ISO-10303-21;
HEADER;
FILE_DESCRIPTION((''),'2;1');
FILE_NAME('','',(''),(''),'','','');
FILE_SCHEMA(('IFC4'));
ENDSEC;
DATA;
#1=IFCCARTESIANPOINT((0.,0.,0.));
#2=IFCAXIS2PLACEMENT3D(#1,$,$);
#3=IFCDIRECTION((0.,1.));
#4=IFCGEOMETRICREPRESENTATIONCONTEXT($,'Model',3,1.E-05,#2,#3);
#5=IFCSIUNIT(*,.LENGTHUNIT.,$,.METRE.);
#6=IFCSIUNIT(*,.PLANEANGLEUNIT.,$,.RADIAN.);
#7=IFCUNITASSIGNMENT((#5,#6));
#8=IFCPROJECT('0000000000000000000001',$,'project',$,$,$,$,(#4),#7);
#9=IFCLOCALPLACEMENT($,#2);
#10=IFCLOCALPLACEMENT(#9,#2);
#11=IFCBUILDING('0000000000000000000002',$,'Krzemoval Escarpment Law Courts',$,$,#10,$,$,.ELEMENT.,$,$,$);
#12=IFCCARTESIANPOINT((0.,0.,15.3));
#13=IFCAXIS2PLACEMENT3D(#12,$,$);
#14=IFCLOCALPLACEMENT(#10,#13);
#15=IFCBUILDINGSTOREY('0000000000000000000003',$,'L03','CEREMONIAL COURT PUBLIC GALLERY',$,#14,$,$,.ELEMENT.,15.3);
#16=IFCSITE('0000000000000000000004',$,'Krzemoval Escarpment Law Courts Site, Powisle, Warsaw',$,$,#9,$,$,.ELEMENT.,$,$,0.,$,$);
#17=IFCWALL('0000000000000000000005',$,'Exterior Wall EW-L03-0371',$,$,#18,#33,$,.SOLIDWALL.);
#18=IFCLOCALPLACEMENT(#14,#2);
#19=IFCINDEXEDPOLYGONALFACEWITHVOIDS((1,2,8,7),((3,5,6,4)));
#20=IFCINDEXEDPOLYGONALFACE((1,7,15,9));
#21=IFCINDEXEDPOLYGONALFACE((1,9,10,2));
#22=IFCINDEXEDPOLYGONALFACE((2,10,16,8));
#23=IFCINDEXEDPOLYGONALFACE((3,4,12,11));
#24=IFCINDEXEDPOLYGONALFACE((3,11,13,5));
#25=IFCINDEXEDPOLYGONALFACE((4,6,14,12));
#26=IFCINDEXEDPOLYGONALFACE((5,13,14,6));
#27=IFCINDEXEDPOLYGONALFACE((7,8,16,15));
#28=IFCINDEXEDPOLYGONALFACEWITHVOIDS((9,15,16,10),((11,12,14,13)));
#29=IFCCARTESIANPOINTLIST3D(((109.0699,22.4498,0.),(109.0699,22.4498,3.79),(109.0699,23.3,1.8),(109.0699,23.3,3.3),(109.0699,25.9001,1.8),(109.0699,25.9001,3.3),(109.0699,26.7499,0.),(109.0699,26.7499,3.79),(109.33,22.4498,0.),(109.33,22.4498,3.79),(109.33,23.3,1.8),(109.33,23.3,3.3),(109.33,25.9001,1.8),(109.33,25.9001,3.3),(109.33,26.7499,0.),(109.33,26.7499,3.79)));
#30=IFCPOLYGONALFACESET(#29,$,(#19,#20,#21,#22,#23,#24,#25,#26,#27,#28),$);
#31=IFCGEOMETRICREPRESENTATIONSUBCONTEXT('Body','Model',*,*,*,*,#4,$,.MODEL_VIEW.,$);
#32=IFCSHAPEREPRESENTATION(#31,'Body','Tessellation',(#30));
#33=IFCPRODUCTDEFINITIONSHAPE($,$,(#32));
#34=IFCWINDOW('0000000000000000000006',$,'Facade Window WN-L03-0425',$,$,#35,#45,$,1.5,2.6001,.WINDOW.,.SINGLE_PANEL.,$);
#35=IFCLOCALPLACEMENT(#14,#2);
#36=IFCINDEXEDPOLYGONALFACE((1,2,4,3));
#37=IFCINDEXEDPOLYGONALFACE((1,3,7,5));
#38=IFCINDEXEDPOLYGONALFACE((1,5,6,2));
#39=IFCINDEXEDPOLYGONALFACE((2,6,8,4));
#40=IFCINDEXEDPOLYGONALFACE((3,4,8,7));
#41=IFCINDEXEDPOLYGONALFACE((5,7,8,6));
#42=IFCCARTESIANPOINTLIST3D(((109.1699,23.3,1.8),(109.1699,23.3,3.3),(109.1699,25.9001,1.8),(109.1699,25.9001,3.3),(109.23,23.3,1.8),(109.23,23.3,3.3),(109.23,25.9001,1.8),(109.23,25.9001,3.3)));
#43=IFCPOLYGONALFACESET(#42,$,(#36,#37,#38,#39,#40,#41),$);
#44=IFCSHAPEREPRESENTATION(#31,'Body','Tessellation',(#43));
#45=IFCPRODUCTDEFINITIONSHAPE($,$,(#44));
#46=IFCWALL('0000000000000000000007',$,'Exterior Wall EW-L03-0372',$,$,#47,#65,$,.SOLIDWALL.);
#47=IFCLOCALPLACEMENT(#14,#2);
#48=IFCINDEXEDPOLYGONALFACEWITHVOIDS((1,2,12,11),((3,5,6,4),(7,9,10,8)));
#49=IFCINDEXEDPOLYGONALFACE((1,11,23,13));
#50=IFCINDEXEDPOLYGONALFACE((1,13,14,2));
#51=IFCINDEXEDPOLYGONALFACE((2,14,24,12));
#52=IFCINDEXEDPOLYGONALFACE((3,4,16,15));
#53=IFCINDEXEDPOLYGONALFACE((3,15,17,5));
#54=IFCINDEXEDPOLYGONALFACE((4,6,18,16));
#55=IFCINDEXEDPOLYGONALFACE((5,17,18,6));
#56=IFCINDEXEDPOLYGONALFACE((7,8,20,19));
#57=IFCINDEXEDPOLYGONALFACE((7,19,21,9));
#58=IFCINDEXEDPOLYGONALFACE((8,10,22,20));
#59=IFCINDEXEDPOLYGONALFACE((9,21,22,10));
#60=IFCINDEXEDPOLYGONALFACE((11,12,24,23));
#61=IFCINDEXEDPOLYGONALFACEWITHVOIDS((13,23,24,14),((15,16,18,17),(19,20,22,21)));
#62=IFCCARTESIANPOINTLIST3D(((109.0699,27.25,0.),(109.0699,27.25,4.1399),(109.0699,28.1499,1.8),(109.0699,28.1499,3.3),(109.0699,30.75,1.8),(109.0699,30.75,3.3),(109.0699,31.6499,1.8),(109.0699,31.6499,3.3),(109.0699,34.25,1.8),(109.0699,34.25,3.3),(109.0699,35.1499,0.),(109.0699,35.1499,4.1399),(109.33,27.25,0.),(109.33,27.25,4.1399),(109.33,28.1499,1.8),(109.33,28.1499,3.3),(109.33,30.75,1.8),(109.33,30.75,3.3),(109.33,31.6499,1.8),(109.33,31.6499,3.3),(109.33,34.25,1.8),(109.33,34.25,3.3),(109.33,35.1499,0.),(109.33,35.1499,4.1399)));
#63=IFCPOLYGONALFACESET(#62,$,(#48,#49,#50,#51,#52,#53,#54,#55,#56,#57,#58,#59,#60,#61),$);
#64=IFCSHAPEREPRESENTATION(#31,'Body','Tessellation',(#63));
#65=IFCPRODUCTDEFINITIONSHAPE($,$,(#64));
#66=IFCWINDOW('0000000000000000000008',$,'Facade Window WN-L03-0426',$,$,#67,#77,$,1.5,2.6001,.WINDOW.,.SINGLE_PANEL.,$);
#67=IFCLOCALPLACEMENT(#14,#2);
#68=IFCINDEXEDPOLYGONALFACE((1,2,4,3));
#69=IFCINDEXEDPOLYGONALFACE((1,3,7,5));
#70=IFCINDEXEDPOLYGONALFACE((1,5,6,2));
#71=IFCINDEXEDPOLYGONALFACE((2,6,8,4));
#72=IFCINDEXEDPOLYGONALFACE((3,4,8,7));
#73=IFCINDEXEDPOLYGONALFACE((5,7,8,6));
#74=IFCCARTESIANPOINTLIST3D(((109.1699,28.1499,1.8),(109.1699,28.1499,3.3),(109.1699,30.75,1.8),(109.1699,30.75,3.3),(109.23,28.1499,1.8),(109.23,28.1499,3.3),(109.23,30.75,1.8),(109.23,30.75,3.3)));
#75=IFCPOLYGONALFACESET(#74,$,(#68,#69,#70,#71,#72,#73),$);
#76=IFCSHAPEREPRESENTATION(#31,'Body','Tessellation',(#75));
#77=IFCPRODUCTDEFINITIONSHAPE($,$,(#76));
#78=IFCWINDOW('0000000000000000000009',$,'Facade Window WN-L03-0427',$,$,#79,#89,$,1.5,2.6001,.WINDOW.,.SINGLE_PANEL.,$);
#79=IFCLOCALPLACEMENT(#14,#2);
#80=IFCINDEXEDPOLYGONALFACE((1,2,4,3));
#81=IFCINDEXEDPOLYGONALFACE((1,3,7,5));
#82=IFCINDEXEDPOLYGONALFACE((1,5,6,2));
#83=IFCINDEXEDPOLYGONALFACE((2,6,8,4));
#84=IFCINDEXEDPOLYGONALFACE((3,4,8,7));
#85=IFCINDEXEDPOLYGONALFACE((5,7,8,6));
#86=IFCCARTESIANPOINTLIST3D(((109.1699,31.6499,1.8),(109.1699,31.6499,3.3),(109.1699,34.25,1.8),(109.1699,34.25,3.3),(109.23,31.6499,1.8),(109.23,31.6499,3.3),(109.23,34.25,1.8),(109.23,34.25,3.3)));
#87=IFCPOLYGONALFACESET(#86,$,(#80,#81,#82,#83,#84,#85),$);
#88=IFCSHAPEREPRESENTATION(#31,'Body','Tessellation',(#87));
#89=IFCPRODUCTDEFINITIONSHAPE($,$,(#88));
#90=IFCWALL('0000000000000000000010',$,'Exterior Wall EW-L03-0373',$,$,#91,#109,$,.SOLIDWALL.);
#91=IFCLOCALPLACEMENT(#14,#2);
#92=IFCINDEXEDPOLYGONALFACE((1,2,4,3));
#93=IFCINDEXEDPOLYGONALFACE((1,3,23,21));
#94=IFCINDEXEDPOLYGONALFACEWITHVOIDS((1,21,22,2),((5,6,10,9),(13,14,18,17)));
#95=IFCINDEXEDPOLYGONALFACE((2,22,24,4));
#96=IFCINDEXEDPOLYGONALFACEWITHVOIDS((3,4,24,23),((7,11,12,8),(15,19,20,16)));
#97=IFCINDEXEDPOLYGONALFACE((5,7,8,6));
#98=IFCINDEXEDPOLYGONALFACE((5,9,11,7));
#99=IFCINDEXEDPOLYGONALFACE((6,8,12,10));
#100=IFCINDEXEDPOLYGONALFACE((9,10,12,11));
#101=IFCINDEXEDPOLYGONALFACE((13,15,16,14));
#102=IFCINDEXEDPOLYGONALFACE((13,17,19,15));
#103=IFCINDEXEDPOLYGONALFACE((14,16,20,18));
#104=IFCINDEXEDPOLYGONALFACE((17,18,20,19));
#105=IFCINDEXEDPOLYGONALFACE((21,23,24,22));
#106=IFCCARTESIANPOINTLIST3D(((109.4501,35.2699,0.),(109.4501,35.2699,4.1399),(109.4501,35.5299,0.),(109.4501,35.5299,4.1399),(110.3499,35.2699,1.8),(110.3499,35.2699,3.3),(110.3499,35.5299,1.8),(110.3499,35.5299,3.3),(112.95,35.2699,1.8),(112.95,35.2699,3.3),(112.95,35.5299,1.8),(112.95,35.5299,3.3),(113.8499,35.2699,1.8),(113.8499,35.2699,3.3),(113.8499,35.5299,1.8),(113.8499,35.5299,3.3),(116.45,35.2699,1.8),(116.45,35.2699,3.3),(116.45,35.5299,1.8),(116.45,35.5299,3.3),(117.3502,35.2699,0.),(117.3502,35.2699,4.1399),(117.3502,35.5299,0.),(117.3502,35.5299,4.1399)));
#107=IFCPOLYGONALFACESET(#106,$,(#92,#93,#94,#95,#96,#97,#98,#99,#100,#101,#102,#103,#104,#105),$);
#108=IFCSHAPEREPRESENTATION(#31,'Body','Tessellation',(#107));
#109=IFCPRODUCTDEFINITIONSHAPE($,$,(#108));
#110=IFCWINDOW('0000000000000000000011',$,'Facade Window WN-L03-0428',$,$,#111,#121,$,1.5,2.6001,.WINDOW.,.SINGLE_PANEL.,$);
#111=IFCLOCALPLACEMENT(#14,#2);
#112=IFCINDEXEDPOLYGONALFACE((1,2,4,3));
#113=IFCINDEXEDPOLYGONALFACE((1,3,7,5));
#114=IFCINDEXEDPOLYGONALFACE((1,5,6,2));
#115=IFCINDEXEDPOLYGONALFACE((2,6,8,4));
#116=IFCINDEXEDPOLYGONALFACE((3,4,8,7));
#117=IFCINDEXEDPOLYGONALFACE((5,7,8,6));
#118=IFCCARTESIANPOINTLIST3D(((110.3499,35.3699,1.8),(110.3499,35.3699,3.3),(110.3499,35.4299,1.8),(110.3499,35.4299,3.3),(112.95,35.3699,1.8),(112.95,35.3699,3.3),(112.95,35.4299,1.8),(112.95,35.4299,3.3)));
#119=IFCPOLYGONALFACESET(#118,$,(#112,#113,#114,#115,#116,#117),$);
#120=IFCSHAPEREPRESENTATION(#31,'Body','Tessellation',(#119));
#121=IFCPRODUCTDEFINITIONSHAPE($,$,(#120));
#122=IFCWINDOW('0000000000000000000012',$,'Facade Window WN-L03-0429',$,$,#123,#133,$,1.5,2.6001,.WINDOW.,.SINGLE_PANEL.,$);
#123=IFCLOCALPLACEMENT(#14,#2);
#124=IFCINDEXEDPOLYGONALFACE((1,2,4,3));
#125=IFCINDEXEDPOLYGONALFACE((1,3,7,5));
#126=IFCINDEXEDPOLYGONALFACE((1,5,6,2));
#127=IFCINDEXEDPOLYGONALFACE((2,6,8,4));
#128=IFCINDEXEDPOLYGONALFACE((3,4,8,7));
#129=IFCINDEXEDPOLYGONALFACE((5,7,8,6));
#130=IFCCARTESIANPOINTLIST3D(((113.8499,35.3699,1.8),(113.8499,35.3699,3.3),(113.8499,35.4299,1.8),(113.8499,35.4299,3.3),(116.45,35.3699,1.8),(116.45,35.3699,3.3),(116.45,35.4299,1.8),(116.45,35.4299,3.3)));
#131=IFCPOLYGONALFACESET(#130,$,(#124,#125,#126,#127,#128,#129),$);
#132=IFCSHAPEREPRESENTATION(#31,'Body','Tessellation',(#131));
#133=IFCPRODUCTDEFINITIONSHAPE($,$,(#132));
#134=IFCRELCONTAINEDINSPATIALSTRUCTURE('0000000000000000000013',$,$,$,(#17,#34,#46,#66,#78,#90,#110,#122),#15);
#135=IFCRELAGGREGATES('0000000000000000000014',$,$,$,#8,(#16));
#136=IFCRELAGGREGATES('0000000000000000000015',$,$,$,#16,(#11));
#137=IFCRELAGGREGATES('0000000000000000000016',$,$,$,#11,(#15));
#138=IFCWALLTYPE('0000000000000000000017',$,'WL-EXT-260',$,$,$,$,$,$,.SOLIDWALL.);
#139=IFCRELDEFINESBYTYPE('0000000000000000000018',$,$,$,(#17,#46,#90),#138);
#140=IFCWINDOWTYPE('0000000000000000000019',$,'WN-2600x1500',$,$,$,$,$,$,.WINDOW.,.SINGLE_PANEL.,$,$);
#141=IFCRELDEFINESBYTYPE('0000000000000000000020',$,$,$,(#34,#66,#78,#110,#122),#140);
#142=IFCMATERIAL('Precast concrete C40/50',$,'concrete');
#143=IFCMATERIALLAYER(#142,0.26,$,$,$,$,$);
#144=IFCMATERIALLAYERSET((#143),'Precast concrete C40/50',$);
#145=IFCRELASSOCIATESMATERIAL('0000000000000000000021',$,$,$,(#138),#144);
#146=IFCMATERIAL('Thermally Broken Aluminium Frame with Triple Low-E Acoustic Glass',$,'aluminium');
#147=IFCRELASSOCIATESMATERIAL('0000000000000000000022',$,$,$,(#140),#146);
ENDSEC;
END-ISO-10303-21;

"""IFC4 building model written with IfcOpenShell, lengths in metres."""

from ifc_helpers import new_model, si_unit, direction, frame, frame_2d, origin, place, context, subcontext, project, spatial, rectangle, extrude, material, layer, layer_set, type_object, element, fill, save


model = new_model("IFC4")

# Units and contexts
model_context = context("Model", 3, precision=1e-05, world=origin(), true_north=direction((0.0, 1.0)))
body_context = subcontext(model_context, "Body", "Model", "MODEL_VIEW")
ifc_project = project(units=[si_unit("LENGTHUNIT", "METRE"), si_unit("PLANEANGLEUNIT", "RADIAN")], contexts=[model_context])

# Site, building, storey
site_placement = place(None, origin())
site = spatial("IfcSite", under=ifc_project, at=site_placement, Name="Krzemoval Escarpment Law Courts Site, Powisle, Warsaw", CompositionType="ELEMENT", RefElevation=0.0)
building_placement = place(site_placement, origin())
building = spatial("IfcBuilding", under=site, at=building_placement, Name="Krzemoval Escarpment Law Courts", CompositionType="ELEMENT")
storey_placement = place(building_placement, frame((0.0, 0.0, 15.3)))
storey = spatial("IfcBuildingStorey", under=building, at=storey_placement, Name="L03", Description="CEREMONIAL COURT PUBLIC GALLERY", CompositionType="ELEMENT", Elevation=15.3)

# Wall, opening, window
ifc_material_1 = material(Name="Precast concrete C40/50", Category="concrete")
ifc_layer_1 = layer(ifc_material_1, 0.26)
ifc_layer_set_1 = layer_set([ifc_layer_1], Name="Precast concrete C40/50")
wall_type_1 = type_object("IfcWallType", Name="WL-EXT-260", PredefinedType="SOLIDWALL", material=ifc_layer_set_1)
wall_1_placement = place(storey_placement, frame((109.2, 22.45, 0.0), z_axis=(0.0, 0.0, 1.0), x_axis=(0.0, 1.0, 0.0)))
wall_1 = element("IfcWall", 1, at=wall_1_placement, inside=storey, type_object=wall_type_1, Name="Exterior Wall EW-L03-0371", PredefinedType="SOLIDWALL", context=body_context, shape_type="SweptSolid", body=[
    extrude(rectangle(XDim=4.3, YDim=0.26, at=frame_2d((2.1499, 0.0))), origin(), (0.0, 0.0, 1.0), 3.79),
])
opening_1_placement = place(wall_1_placement, frame((0.8501, 0.0, 1.8)))
opening_1 = element("IfcOpeningElement", 2, at=opening_1_placement, cuts=wall_1, PredefinedType="OPENING", context=body_context, shape_type="SweptSolid", body=[
    extrude(rectangle(XDim=2.6001, YDim=1.5, at=frame_2d((1.3, 0.75))), frame((0.0, 0.145, 0.0), z_axis=(0.0, -1.0, 0.0), x_axis=(1.0, 0.0, 0.0)), (0.0, 0.0, 1.0), 0.29),
])
ifc_material_2 = material(Name="Thermally Broken Aluminium Frame with Triple Low-E Acoustic Glass", Category="aluminium")
window_type_1 = type_object("IfcWindowType", Name="WN-2600x1500", PartitioningType="SINGLE_PANEL", PredefinedType="WINDOW", material=ifc_material_2)
window_1_placement = place(opening_1_placement, origin())
window_1 = element("IfcWindow", 3, at=window_1_placement, inside=storey, type_object=window_type_1, Name="Facade Window WN-L03-0425", OverallHeight=1.5, OverallWidth=2.6001, PartitioningType="SINGLE_PANEL", PredefinedType="WINDOW", context=body_context, shape_type="SweptSolid", body=[
    extrude(rectangle(XDim=2.6001, YDim=1.5, at=frame_2d((1.3, 0.75))), frame((0.0, 0.03, 0.0), z_axis=(0.0, -1.0, 0.0), x_axis=(1.0, 0.0, 0.0)), (0.0, 0.0, 1.0), 0.0601),
])
fill(opening_1, window_1)

# Walls, openings, windows
wall_2_placement = place(storey_placement, frame((109.2, 27.25, 0.0), z_axis=(0.0, 0.0, 1.0), x_axis=(0.0, 1.0, 0.0)))
wall_2 = element("IfcWall", 4, at=wall_2_placement, inside=storey, type_object=wall_type_1, Name="Exterior Wall EW-L03-0372", PredefinedType="SOLIDWALL", context=body_context, shape_type="SweptSolid", body=[
    extrude(rectangle(XDim=7.8999, YDim=0.26, at=frame_2d((3.95, 0.0))), origin(), (0.0, 0.0, 1.0), 4.1399),
])
opening_2_placement = place(wall_2_placement, frame((0.8999, 0.0, 1.8)))
opening_2 = element("IfcOpeningElement", 5, at=opening_2_placement, cuts=wall_2, PredefinedType="OPENING", context=body_context, shape_type="SweptSolid", body=[
    extrude(rectangle(XDim=2.6001, YDim=1.5, at=frame_2d((1.3, 0.75))), frame((0.0, 0.145, 0.0), z_axis=(0.0, -1.0, 0.0), x_axis=(1.0, 0.0, 0.0)), (0.0, 0.0, 1.0), 0.29),
])
opening_3_placement = place(wall_2_placement, frame((4.3999, 0.0, 1.8)))
opening_3 = element("IfcOpeningElement", 6, at=opening_3_placement, cuts=wall_2, PredefinedType="OPENING", context=body_context, shape_type="SweptSolid", body=[
    extrude(rectangle(XDim=2.6001, YDim=1.5, at=frame_2d((1.3, 0.75))), frame((0.0, 0.145, 0.0), z_axis=(0.0, -1.0, 0.0), x_axis=(1.0, 0.0, 0.0)), (0.0, 0.0, 1.0), 0.29),
])
window_2_placement = place(opening_2_placement, origin())
window_2 = element("IfcWindow", 7, at=window_2_placement, inside=storey, type_object=window_type_1, Name="Facade Window WN-L03-0426", OverallHeight=1.5, OverallWidth=2.6001, PartitioningType="SINGLE_PANEL", PredefinedType="WINDOW", context=body_context, shape_type="SweptSolid", body=[
    extrude(rectangle(XDim=2.6001, YDim=1.5, at=frame_2d((1.3, 0.75))), frame((0.0, 0.03, 0.0), z_axis=(0.0, -1.0, 0.0), x_axis=(1.0, 0.0, 0.0)), (0.0, 0.0, 1.0), 0.0601),
])
fill(opening_2, window_2)
window_3_placement = place(opening_3_placement, origin())
window_3 = element("IfcWindow", 8, at=window_3_placement, inside=storey, type_object=window_type_1, Name="Facade Window WN-L03-0427", OverallHeight=1.5, OverallWidth=2.6001, PartitioningType="SINGLE_PANEL", PredefinedType="WINDOW", context=body_context, shape_type="SweptSolid", body=[
    extrude(rectangle(XDim=2.6001, YDim=1.5, at=frame_2d((1.3, 0.75))), frame((0.0, 0.03, 0.0), z_axis=(0.0, -1.0, 0.0), x_axis=(1.0, 0.0, 0.0)), (0.0, 0.0, 1.0), 0.0601),
])
fill(opening_3, window_3)
wall_3_placement = place(storey_placement, frame((109.45, 35.3999, 0.0), z_axis=(0.0, 0.0, 1.0), x_axis=(1.0, 0.0, 0.0)))
wall_3 = element("IfcWall", 9, at=wall_3_placement, inside=storey, type_object=wall_type_1, Name="Exterior Wall EW-L03-0373", PredefinedType="SOLIDWALL", context=body_context, shape_type="SweptSolid", body=[
    extrude(rectangle(XDim=7.9001, YDim=0.26, at=frame_2d((3.9502, 0.0))), origin(), (0.0, 0.0, 1.0), 4.1399),
])
opening_4_placement = place(wall_3_placement, frame((0.8999, 0.0, 1.8)))
opening_4 = element("IfcOpeningElement", 10, at=opening_4_placement, cuts=wall_3, PredefinedType="OPENING", context=body_context, shape_type="SweptSolid", body=[
    extrude(rectangle(XDim=2.6001, YDim=1.5, at=frame_2d((1.3, 0.75))), frame((0.0, 0.145, 0.0), z_axis=(0.0, -1.0, 0.0), x_axis=(1.0, 0.0, 0.0)), (0.0, 0.0, 1.0), 0.29),
])
opening_5_placement = place(wall_3_placement, frame((4.3999, 0.0, 1.8)))
opening_5 = element("IfcOpeningElement", 11, at=opening_5_placement, cuts=wall_3, PredefinedType="OPENING", context=body_context, shape_type="SweptSolid", body=[
    extrude(rectangle(XDim=2.6001, YDim=1.5, at=frame_2d((1.3, 0.75))), frame((0.0, 0.145, 0.0), z_axis=(0.0, -1.0, 0.0), x_axis=(1.0, 0.0, 0.0)), (0.0, 0.0, 1.0), 0.29),
])
window_4_placement = place(opening_4_placement, origin())
window_4 = element("IfcWindow", 12, at=window_4_placement, inside=storey, type_object=window_type_1, Name="Facade Window WN-L03-0428", OverallHeight=1.5, OverallWidth=2.6001, PartitioningType="SINGLE_PANEL", PredefinedType="WINDOW", context=body_context, shape_type="SweptSolid", body=[
    extrude(rectangle(XDim=2.6001, YDim=1.5, at=frame_2d((1.3, 0.75))), frame((0.0, 0.03, 0.0), z_axis=(0.0, -1.0, 0.0), x_axis=(1.0, 0.0, 0.0)), (0.0, 0.0, 1.0), 0.0601),
])
fill(opening_4, window_4)
window_5_placement = place(opening_5_placement, origin())
window_5 = element("IfcWindow", 13, at=window_5_placement, inside=storey, type_object=window_type_1, Name="Facade Window WN-L03-0429", OverallHeight=1.5, OverallWidth=2.6001, PartitioningType="SINGLE_PANEL", PredefinedType="WINDOW", context=body_context, shape_type="SweptSolid", body=[
    extrude(rectangle(XDim=2.6001, YDim=1.5, at=frame_2d((1.3, 0.75))), frame((0.0, 0.03, 0.0), z_axis=(0.0, -1.0, 0.0), x_axis=(1.0, 0.0, 0.0)), (0.0, 0.0, 1.0), 0.0601),
])
fill(opening_5, window_5)

save(model, "model.ifc")
